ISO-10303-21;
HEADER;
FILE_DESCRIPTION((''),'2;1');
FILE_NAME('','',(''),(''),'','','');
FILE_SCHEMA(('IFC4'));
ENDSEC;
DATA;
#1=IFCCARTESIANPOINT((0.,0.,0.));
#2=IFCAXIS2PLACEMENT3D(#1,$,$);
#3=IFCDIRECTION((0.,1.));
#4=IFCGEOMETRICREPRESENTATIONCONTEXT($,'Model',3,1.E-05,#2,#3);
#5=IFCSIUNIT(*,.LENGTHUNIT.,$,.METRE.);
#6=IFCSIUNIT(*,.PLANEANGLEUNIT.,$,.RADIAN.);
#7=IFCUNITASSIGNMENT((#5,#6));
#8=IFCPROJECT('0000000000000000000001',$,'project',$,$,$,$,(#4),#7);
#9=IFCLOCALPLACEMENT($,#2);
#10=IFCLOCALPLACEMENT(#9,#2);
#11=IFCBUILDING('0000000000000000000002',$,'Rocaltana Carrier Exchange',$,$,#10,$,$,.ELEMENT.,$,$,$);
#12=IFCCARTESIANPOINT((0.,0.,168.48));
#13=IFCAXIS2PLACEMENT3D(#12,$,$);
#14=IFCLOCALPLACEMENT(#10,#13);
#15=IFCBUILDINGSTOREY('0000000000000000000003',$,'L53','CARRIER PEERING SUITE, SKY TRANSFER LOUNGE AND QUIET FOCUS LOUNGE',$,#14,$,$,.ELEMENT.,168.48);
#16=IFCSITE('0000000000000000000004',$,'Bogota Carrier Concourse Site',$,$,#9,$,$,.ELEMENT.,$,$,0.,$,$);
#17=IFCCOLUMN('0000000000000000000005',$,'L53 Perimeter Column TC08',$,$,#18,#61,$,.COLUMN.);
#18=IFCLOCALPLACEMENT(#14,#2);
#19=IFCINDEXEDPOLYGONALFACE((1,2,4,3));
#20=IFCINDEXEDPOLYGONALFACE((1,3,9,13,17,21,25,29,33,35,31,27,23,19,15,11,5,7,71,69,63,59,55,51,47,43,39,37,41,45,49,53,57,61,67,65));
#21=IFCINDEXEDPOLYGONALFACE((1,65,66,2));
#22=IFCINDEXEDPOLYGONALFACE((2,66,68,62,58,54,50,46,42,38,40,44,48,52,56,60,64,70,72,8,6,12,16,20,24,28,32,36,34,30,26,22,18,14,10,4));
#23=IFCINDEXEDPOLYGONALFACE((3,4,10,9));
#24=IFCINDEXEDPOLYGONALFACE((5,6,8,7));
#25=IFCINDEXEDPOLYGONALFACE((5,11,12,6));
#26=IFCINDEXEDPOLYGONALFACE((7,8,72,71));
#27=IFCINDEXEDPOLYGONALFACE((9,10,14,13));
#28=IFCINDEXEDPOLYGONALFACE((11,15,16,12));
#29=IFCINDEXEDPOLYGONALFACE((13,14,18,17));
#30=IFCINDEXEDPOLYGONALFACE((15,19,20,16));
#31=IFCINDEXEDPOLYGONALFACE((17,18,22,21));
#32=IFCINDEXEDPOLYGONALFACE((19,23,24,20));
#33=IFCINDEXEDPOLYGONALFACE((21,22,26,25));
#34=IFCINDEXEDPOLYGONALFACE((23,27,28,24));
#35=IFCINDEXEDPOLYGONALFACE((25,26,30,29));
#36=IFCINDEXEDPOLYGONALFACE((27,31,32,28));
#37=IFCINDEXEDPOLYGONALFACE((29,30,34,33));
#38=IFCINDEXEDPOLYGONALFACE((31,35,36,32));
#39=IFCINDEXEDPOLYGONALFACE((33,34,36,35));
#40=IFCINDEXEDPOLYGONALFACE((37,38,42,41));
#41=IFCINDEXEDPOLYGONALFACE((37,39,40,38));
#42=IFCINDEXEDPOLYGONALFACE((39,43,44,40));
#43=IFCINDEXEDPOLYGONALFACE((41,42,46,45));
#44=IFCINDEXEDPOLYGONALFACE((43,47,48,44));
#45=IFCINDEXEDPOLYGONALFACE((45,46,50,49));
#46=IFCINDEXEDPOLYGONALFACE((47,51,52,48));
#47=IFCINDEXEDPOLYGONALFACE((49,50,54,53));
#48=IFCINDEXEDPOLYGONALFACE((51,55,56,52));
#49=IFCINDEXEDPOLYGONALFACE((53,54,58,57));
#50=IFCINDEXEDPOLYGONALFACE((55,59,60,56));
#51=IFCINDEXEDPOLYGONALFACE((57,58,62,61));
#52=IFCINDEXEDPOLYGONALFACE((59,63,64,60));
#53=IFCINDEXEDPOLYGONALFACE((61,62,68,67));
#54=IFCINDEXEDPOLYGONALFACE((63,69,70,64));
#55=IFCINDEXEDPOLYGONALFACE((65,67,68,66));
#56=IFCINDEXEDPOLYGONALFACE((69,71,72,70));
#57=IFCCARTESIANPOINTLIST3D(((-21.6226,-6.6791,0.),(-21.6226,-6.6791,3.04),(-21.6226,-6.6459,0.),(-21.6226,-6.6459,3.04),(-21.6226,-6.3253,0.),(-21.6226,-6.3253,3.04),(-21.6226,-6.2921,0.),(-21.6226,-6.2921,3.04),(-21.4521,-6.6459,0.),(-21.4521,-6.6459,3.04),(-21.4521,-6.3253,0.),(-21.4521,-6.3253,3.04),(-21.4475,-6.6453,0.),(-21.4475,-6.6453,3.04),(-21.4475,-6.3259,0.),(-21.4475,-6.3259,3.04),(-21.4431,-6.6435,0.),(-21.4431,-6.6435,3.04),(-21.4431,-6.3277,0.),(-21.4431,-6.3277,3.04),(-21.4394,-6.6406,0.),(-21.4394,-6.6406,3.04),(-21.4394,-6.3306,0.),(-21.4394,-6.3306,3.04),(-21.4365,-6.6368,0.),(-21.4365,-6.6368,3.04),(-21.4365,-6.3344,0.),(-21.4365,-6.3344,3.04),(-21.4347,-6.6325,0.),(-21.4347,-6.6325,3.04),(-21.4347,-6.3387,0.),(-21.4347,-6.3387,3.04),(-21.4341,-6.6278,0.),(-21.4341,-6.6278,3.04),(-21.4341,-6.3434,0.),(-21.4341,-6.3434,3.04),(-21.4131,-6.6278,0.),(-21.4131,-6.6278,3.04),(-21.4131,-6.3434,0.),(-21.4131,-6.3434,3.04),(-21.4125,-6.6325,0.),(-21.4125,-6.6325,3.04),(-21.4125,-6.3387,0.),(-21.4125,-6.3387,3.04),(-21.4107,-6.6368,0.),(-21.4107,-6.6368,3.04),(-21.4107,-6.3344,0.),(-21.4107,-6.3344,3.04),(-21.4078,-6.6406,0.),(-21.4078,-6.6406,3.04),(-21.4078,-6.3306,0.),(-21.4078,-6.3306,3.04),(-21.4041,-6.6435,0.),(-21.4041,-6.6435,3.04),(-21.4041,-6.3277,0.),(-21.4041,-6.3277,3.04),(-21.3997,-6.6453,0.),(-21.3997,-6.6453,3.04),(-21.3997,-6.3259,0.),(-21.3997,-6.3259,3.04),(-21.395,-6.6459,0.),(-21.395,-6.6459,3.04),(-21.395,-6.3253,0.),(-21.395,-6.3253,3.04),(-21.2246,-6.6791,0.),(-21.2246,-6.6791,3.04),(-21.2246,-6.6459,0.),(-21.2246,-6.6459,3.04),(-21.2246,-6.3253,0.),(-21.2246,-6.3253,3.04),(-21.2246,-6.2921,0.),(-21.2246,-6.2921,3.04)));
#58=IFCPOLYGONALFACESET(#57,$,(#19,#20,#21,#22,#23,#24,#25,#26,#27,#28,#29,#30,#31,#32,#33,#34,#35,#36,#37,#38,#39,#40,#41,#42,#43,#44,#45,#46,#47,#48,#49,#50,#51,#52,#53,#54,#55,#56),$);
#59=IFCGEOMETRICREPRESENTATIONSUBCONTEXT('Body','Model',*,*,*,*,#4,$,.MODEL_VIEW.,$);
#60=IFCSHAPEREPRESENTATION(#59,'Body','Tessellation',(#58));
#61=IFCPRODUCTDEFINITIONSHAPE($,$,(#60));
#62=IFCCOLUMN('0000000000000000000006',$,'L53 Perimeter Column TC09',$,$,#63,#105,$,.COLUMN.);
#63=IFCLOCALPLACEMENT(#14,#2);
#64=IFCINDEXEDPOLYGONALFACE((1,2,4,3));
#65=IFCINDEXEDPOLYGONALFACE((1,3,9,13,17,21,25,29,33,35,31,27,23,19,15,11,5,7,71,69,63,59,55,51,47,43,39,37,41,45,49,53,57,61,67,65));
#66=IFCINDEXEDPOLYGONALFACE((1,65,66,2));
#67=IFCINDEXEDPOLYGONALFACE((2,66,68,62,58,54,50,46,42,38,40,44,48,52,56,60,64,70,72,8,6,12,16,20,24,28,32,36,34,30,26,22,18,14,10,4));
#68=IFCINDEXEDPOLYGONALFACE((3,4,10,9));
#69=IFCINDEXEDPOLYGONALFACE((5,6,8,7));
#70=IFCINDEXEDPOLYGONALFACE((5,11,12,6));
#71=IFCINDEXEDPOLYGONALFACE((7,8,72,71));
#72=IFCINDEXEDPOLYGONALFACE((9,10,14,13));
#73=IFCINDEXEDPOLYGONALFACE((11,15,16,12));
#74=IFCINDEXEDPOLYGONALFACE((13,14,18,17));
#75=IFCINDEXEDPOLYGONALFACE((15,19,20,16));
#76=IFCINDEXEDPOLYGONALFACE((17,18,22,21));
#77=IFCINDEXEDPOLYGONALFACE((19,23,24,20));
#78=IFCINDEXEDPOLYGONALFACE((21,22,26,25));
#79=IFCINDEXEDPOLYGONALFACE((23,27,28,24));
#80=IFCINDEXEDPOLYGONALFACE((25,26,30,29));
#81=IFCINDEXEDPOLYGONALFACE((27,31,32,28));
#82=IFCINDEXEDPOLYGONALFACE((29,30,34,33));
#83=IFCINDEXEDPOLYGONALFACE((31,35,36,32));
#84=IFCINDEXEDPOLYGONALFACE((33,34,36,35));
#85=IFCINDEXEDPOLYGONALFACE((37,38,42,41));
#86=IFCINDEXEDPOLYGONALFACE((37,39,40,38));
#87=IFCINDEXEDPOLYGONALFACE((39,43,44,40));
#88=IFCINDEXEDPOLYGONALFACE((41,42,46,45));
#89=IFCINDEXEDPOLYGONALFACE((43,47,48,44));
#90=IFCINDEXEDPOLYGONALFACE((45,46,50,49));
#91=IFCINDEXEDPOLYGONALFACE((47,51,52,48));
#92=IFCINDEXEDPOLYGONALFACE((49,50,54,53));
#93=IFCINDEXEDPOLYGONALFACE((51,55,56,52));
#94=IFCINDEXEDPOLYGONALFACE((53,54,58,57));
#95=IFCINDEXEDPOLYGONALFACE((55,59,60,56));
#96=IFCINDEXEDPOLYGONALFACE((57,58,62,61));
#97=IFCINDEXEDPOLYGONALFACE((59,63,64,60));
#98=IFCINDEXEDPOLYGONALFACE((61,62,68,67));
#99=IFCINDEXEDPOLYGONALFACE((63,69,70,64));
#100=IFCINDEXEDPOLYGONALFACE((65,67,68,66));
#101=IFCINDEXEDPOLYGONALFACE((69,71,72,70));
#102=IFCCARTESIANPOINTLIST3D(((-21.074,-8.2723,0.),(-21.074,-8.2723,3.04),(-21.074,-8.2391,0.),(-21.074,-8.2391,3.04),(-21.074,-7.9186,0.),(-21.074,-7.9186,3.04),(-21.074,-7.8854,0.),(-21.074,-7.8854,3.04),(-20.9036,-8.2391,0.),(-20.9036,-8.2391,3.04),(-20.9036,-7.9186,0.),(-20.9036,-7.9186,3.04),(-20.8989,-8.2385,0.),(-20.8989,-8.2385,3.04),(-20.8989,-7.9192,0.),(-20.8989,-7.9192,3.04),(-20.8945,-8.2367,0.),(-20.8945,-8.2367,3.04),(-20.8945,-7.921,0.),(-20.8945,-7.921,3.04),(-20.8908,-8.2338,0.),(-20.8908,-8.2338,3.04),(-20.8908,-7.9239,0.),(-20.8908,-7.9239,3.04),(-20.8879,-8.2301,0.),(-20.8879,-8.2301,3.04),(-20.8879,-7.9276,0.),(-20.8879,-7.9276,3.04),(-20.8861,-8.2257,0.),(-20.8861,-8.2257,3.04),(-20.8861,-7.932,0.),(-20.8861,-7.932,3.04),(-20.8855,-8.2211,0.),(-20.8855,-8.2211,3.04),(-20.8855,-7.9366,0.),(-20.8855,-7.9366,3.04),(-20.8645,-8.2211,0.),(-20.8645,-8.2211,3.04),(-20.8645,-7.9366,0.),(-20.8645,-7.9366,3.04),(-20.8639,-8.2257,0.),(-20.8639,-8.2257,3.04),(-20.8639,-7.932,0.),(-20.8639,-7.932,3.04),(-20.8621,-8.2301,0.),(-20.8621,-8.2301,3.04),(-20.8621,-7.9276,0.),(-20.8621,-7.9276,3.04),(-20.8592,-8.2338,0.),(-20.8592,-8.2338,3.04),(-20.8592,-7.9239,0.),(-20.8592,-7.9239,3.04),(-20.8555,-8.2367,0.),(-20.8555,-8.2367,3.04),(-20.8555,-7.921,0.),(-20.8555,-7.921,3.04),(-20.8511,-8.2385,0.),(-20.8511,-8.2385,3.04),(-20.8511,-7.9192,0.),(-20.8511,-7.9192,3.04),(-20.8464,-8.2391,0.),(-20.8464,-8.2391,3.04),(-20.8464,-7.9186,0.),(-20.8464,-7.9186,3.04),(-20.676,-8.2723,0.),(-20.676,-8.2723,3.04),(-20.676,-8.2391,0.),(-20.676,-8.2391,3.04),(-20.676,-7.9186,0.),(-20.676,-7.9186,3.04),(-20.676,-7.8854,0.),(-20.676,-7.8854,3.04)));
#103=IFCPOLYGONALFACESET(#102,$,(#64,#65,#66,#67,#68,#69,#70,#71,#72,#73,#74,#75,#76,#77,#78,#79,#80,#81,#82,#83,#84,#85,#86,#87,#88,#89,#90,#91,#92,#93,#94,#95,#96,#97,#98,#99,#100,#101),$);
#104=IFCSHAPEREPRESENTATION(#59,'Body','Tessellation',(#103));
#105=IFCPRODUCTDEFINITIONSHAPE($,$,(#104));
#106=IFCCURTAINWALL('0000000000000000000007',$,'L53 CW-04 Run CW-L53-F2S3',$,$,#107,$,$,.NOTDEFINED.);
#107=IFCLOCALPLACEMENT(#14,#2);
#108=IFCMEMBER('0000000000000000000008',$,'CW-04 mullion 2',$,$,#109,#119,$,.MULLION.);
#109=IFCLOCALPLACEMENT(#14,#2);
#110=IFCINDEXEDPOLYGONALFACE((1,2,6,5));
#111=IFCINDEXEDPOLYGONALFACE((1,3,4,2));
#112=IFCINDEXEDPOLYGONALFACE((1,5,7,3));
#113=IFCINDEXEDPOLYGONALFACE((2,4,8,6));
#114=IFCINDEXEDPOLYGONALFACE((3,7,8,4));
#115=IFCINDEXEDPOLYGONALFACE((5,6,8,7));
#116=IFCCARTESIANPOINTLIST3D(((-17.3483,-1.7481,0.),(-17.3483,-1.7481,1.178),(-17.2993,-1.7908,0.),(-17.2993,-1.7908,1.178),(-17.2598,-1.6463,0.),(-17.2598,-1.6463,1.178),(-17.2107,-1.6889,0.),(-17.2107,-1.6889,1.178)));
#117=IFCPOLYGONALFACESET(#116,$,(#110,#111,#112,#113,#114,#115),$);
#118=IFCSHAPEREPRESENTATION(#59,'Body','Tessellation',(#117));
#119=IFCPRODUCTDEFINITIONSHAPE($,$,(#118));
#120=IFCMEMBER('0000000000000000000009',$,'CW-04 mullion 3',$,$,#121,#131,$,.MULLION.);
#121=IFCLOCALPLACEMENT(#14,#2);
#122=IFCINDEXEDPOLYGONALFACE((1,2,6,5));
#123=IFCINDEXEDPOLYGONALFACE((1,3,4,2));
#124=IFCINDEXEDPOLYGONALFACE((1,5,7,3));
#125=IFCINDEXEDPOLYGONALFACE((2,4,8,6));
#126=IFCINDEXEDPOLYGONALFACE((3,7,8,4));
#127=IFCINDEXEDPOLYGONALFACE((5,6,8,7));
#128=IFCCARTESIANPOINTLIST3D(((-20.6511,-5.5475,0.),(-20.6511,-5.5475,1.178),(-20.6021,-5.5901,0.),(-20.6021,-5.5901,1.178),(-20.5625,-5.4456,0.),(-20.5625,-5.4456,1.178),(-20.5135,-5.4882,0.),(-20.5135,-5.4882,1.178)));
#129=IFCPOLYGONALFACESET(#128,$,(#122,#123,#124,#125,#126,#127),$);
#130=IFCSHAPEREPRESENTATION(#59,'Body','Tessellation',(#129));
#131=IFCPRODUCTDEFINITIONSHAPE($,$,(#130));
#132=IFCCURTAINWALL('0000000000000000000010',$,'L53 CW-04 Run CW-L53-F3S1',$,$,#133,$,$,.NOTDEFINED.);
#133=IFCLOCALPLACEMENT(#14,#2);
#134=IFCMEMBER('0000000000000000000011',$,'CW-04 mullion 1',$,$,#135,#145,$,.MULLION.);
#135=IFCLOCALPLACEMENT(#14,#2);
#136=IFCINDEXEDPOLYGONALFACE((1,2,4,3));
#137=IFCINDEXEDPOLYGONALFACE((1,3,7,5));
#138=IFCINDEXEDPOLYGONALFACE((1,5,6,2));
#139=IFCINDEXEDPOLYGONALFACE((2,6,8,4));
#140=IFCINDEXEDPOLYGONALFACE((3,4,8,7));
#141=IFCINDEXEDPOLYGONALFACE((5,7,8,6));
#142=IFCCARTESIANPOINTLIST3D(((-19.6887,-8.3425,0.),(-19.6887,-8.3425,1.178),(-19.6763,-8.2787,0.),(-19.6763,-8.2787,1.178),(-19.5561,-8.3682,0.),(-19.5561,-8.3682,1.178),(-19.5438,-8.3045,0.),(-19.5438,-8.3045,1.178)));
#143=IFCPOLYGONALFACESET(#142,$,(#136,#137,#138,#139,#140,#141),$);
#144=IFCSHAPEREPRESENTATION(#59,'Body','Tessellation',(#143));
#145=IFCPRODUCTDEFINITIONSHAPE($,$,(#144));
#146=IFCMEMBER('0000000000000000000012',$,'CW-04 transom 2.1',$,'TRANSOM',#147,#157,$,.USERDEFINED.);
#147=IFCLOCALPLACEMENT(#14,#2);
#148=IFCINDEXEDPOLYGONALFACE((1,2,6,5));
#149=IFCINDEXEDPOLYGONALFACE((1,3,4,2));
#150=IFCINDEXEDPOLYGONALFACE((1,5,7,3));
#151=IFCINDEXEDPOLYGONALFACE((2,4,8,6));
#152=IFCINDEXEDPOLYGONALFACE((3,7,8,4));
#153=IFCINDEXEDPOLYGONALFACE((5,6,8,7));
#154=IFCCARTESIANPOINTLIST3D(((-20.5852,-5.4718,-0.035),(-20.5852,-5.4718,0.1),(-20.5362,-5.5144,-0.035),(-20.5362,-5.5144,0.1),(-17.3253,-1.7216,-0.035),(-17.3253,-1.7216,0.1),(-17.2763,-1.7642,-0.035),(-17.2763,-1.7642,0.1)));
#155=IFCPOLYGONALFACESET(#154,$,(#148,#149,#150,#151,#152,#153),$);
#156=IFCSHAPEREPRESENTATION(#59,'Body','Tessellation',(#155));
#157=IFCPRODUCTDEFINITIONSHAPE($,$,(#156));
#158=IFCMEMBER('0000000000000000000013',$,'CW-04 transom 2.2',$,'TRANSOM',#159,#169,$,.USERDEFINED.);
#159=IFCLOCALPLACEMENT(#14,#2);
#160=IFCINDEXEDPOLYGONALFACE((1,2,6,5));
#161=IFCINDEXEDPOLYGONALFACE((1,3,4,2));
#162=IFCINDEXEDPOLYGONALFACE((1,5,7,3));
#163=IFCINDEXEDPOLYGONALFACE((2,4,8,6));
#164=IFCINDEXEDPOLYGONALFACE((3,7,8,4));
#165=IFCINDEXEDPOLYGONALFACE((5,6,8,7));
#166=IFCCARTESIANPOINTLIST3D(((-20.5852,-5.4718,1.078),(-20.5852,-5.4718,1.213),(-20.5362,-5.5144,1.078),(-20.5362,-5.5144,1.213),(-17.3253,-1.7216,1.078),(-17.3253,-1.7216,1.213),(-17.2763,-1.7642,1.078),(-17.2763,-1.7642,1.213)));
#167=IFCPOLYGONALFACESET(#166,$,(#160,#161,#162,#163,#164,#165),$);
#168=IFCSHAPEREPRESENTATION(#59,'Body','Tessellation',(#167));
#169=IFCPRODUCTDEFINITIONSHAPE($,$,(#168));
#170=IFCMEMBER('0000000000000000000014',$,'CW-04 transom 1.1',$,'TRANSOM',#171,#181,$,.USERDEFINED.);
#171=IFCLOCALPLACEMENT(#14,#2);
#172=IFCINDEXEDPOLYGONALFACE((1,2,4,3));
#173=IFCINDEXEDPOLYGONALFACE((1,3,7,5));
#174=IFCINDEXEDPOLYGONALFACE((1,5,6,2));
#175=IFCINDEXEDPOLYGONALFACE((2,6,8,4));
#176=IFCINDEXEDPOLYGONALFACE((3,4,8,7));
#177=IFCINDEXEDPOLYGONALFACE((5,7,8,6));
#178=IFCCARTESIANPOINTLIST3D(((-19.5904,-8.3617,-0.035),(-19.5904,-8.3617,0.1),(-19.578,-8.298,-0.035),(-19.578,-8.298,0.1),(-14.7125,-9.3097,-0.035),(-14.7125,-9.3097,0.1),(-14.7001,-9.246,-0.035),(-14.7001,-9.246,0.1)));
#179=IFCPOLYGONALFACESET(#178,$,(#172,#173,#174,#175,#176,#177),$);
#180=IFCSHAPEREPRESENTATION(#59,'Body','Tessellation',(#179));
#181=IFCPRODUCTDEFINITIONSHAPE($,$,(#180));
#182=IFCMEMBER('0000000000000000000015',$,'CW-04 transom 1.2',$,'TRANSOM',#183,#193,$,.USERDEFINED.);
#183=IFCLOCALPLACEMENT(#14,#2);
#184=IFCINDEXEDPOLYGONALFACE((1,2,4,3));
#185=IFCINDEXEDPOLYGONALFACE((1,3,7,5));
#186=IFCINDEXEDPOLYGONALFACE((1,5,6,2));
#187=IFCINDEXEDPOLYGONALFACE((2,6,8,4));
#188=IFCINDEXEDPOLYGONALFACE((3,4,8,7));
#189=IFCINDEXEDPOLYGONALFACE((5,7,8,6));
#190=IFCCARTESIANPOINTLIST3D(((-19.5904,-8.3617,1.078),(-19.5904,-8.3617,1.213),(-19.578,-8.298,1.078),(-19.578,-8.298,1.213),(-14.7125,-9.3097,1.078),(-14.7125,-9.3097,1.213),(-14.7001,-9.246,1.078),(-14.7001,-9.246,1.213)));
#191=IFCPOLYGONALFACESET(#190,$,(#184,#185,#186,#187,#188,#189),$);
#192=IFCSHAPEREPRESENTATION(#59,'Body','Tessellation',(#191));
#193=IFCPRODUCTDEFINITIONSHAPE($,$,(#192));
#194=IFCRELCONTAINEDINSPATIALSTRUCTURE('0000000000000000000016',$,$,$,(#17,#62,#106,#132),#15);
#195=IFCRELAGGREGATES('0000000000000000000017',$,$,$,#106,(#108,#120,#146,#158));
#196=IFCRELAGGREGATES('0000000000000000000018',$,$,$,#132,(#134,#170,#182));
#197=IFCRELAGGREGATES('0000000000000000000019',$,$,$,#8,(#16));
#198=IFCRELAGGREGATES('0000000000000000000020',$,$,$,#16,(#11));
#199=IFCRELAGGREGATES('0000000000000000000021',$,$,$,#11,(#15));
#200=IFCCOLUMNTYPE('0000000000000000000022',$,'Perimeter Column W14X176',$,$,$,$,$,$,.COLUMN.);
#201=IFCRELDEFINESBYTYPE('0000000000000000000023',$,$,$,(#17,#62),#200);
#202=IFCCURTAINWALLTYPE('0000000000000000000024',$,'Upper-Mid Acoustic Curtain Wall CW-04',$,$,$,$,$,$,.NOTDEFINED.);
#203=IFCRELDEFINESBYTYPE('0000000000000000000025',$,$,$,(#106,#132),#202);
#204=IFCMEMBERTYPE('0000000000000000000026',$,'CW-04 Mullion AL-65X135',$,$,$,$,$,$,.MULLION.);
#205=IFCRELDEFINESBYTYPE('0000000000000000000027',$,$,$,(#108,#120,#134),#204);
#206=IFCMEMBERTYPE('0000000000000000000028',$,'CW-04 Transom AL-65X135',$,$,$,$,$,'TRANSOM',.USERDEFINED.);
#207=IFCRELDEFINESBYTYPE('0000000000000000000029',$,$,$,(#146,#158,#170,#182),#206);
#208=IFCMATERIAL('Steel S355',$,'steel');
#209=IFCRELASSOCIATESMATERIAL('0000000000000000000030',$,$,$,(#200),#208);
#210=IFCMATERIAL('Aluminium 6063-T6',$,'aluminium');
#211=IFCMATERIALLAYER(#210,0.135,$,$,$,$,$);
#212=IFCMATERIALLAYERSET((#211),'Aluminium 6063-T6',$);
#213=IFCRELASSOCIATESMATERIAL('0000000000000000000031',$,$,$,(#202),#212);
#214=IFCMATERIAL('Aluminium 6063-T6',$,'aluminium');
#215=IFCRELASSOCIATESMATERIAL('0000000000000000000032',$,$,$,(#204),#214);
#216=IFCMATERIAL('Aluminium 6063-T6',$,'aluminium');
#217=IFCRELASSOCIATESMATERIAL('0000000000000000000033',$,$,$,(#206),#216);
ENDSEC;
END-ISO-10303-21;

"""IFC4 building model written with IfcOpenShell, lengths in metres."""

from ifc_helpers import new_model, si_unit, direction, frame, origin, origin_2d, place, context, subcontext, project, spatial, rectangle, i_section, extrude, material, layer, layer_set, material_profile, profile_set, type_object, element, aggregate, save


model = new_model("IFC4")

# Units and contexts
model_context = context("Model", 3, precision=1e-05, world=origin(), true_north=direction((0.0, 1.0)))
body_context = subcontext(model_context, "Body", "Model", "MODEL_VIEW")
ifc_project = project(units=[si_unit("LENGTHUNIT", "METRE"), si_unit("PLANEANGLEUNIT", "RADIAN")], contexts=[model_context])

# Site, building, storey
site_placement = place(None, origin())
site = spatial("IfcSite", under=ifc_project, at=site_placement, Name="Bogota Carrier Concourse Site", CompositionType="ELEMENT", RefElevation=0.0)
building_placement = place(site_placement, origin())
building = spatial("IfcBuilding", under=site, at=building_placement, Name="Rocaltana Carrier Exchange", CompositionType="ELEMENT")
storey_placement = place(building_placement, frame((0.0, 0.0, 168.48)))
storey = spatial("IfcBuildingStorey", under=building, at=storey_placement, Name="L53", Description="CARRIER PEERING SUITE, SKY TRANSFER LOUNGE AND QUIET FOCUS LOUNGE", CompositionType="ELEMENT", Elevation=168.48)

# Columns
ifc_material_1 = material(Name="Steel S355", Category="steel")
ifc_material_profile_1 = material_profile(ifc_material_1, i_section(OverallWidth=0.3979, OverallDepth=0.387, WebThickness=0.021, FlangeThickness=0.0332, FilletRadius=0.0181, at=origin_2d()), Name="W14X176")
ifc_profile_set_1 = profile_set([ifc_material_profile_1], Name="Steel S355")
column_type = type_object("IfcColumnType", Name="Perimeter Column W14X176", PredefinedType="COLUMN", material=ifc_profile_set_1)
for number, where, z_axis, x_axis, name in (
    (1, (-21.4236, -6.4856, 0.0), (0.0, 0.0, 1.0), (1.0, 0.0, 0.0), "L53 Perimeter Column TC08"),
    (2, (-20.875, -8.0789, 0.0), (0.0, 0.0, 1.0), (1.0, 0.0, 0.0), "L53 Perimeter Column TC09"),
):
    element("IfcColumn", number, at=place(storey_placement, frame(where, z_axis=z_axis, x_axis=x_axis)), inside=storey, type_object=column_type, Name=name, PredefinedType="COLUMN", context=body_context, shape_type="SweptSolid", body=[
        extrude(i_section(OverallWidth=0.3979, OverallDepth=0.387, WebThickness=0.021, FlangeThickness=0.0332, FilletRadius=0.0181, at=origin_2d()), origin(), (0.0, 0.0, 1.0), 3.04),
    ])

# Curtain wall, members
ifc_material_2 = material(Name="Aluminium 6063-T6", Category="aluminium")
ifc_layer_1 = layer(ifc_material_2, 0.135)
ifc_layer_set_1 = layer_set([ifc_layer_1], Name="Aluminium 6063-T6")
curtain_wall_type = type_object("IfcCurtainWallType", Name="Upper-Mid Acoustic Curtain Wall CW-04", PredefinedType="NOTDEFINED", material=ifc_layer_set_1)
curtain_wall_1_placement = place(storey_placement, origin())
curtain_wall_1 = element("IfcCurtainWall", 3, at=curtain_wall_1_placement, inside=storey, type_object=curtain_wall_type, Name="L53 CW-04 Run CW-L53-F2S3", PredefinedType="NOTDEFINED")
ifc_material_3 = material(Name="Aluminium 6063-T6", Category="aluminium")
ifc_material_profile_2 = material_profile(ifc_material_3, rectangle(XDim=0.0649, YDim=0.135, at=origin_2d()), Name="AL-65X135")
ifc_profile_set_2 = profile_set([ifc_material_profile_2], Name="Aluminium 6063-T6")
member_type_1 = type_object("IfcMemberType", Name="CW-04 Mullion AL-65X135", PredefinedType="MULLION", material=ifc_profile_set_2)
member_1_placement = place(storey_placement, frame((-17.2795, -1.7185, 0.0), z_axis=(0.0, 0.0, 1.0), x_axis=(0.754712, -0.656057, 0.0)))
member_1 = element("IfcMember", 4, at=member_1_placement, type_object=member_type_1, Name="CW-04 mullion 2", PredefinedType="MULLION", context=body_context, shape_type="SweptSolid", body=[
    extrude(rectangle(XDim=0.0649, YDim=0.135, at=origin_2d()), origin(), (0.0, 0.0, 1.0), 1.178),
])
member_2_placement = place(storey_placement, frame((-20.5823, -5.5178, 0.0), z_axis=(0.0, 0.0, 1.0), x_axis=(0.754712, -0.656057, 0.0)))
member_2 = element("IfcMember", 5, at=member_2_placement, type_object=member_type_1, Name="CW-04 mullion 3", PredefinedType="MULLION", context=body_context, shape_type="SweptSolid", body=[
    extrude(rectangle(XDim=0.0649, YDim=0.135, at=origin_2d()), origin(), (0.0, 0.0, 1.0), 1.178),
])

# Curtain wall, member
curtain_wall_2_placement = place(storey_placement, origin())
curtain_wall_2 = element("IfcCurtainWall", 6, at=curtain_wall_2_placement, inside=storey, type_object=curtain_wall_type, Name="L53 CW-04 Run CW-L53-F3S1", PredefinedType="NOTDEFINED")
member_3_placement = place(storey_placement, frame((-19.6162, -8.3235, 0.0), z_axis=(0.0, 0.0, 1.0), x_axis=(0.190803, 0.981628, 0.0)))
member_3 = element("IfcMember", 7, at=member_3_placement, type_object=member_type_1, Name="CW-04 mullion 1", PredefinedType="MULLION", context=body_context, shape_type="SweptSolid", body=[
    extrude(rectangle(XDim=0.0649, YDim=0.135, at=origin_2d()), origin(), (0.0, 0.0, 1.0), 1.178),
])

# Members
ifc_material_4 = material(Name="Aluminium 6063-T6", Category="aluminium")
ifc_material_profile_3 = material_profile(ifc_material_4, rectangle(XDim=0.0649, YDim=0.135, at=origin_2d()), Name="AL-65X135")
ifc_profile_set_3 = profile_set([ifc_material_profile_3], Name="Aluminium 6063-T6")
member_type_2 = type_object("IfcMemberType", Name="CW-04 Transom AL-65X135", ElementType="TRANSOM", PredefinedType="USERDEFINED", material=ifc_profile_set_3)
member_4_placement = place(storey_placement, frame((-17.3008, -1.7429, 0.0325), z_axis=(-0.656056, -0.754712, 0.0), x_axis=(0.754712, -0.656056, 0.0)))
member_4 = element("IfcMember", 8, at=member_4_placement, type_object=member_type_2, Name="CW-04 transom 2.1", ObjectType="TRANSOM", PredefinedType="USERDEFINED", context=body_context, shape_type="SweptSolid", body=[
    extrude(rectangle(XDim=0.0649, YDim=0.135, at=origin_2d()), origin(), (0.0, 0.0, 1.0), 4.969),
])
member_5_placement = place(storey_placement, frame((-17.3008, -1.7429, 1.1455), z_axis=(-0.656056, -0.754712, 0.0), x_axis=(0.754712, -0.656056, 0.0)))
member_5 = element("IfcMember", 9, at=member_5_placement, type_object=member_type_2, Name="CW-04 transom 2.2", ObjectType="TRANSOM", PredefinedType="USERDEFINED", context=body_context, shape_type="SweptSolid", body=[
    extrude(rectangle(XDim=0.0649, YDim=0.135, at=origin_2d()), origin(), (0.0, 0.0, 1.0), 4.969),
])
member_6_placement = place(storey_placement, frame((-19.5842, -8.3298, 0.0325), z_axis=(0.981634, -0.190775, 0.0), x_axis=(0.190775, 0.981634, 0.0)))
member_6 = element("IfcMember", 10, at=member_6_placement, type_object=member_type_2, Name="CW-04 transom 1.1", ObjectType="TRANSOM", PredefinedType="USERDEFINED", context=body_context, shape_type="SweptSolid", body=[
    extrude(rectangle(XDim=0.0649, YDim=0.135, at=origin_2d()), origin(), (0.0, 0.0, 1.0), 4.9692),
])
member_7_placement = place(storey_placement, frame((-19.5842, -8.3298, 1.1455), z_axis=(0.981634, -0.190775, 0.0), x_axis=(0.190775, 0.981634, 0.0)))
member_7 = element("IfcMember", 11, at=member_7_placement, type_object=member_type_2, Name="CW-04 transom 1.2", ObjectType="TRANSOM", PredefinedType="USERDEFINED", context=body_context, shape_type="SweptSolid", body=[
    extrude(rectangle(XDim=0.0649, YDim=0.135, at=origin_2d()), origin(), (0.0, 0.0, 1.0), 4.9692),
])

aggregate(curtain_wall_1, [member_1, member_2, member_4, member_5])
aggregate(curtain_wall_2, [member_3, member_6, member_7])

save(model, "model.ifc")
